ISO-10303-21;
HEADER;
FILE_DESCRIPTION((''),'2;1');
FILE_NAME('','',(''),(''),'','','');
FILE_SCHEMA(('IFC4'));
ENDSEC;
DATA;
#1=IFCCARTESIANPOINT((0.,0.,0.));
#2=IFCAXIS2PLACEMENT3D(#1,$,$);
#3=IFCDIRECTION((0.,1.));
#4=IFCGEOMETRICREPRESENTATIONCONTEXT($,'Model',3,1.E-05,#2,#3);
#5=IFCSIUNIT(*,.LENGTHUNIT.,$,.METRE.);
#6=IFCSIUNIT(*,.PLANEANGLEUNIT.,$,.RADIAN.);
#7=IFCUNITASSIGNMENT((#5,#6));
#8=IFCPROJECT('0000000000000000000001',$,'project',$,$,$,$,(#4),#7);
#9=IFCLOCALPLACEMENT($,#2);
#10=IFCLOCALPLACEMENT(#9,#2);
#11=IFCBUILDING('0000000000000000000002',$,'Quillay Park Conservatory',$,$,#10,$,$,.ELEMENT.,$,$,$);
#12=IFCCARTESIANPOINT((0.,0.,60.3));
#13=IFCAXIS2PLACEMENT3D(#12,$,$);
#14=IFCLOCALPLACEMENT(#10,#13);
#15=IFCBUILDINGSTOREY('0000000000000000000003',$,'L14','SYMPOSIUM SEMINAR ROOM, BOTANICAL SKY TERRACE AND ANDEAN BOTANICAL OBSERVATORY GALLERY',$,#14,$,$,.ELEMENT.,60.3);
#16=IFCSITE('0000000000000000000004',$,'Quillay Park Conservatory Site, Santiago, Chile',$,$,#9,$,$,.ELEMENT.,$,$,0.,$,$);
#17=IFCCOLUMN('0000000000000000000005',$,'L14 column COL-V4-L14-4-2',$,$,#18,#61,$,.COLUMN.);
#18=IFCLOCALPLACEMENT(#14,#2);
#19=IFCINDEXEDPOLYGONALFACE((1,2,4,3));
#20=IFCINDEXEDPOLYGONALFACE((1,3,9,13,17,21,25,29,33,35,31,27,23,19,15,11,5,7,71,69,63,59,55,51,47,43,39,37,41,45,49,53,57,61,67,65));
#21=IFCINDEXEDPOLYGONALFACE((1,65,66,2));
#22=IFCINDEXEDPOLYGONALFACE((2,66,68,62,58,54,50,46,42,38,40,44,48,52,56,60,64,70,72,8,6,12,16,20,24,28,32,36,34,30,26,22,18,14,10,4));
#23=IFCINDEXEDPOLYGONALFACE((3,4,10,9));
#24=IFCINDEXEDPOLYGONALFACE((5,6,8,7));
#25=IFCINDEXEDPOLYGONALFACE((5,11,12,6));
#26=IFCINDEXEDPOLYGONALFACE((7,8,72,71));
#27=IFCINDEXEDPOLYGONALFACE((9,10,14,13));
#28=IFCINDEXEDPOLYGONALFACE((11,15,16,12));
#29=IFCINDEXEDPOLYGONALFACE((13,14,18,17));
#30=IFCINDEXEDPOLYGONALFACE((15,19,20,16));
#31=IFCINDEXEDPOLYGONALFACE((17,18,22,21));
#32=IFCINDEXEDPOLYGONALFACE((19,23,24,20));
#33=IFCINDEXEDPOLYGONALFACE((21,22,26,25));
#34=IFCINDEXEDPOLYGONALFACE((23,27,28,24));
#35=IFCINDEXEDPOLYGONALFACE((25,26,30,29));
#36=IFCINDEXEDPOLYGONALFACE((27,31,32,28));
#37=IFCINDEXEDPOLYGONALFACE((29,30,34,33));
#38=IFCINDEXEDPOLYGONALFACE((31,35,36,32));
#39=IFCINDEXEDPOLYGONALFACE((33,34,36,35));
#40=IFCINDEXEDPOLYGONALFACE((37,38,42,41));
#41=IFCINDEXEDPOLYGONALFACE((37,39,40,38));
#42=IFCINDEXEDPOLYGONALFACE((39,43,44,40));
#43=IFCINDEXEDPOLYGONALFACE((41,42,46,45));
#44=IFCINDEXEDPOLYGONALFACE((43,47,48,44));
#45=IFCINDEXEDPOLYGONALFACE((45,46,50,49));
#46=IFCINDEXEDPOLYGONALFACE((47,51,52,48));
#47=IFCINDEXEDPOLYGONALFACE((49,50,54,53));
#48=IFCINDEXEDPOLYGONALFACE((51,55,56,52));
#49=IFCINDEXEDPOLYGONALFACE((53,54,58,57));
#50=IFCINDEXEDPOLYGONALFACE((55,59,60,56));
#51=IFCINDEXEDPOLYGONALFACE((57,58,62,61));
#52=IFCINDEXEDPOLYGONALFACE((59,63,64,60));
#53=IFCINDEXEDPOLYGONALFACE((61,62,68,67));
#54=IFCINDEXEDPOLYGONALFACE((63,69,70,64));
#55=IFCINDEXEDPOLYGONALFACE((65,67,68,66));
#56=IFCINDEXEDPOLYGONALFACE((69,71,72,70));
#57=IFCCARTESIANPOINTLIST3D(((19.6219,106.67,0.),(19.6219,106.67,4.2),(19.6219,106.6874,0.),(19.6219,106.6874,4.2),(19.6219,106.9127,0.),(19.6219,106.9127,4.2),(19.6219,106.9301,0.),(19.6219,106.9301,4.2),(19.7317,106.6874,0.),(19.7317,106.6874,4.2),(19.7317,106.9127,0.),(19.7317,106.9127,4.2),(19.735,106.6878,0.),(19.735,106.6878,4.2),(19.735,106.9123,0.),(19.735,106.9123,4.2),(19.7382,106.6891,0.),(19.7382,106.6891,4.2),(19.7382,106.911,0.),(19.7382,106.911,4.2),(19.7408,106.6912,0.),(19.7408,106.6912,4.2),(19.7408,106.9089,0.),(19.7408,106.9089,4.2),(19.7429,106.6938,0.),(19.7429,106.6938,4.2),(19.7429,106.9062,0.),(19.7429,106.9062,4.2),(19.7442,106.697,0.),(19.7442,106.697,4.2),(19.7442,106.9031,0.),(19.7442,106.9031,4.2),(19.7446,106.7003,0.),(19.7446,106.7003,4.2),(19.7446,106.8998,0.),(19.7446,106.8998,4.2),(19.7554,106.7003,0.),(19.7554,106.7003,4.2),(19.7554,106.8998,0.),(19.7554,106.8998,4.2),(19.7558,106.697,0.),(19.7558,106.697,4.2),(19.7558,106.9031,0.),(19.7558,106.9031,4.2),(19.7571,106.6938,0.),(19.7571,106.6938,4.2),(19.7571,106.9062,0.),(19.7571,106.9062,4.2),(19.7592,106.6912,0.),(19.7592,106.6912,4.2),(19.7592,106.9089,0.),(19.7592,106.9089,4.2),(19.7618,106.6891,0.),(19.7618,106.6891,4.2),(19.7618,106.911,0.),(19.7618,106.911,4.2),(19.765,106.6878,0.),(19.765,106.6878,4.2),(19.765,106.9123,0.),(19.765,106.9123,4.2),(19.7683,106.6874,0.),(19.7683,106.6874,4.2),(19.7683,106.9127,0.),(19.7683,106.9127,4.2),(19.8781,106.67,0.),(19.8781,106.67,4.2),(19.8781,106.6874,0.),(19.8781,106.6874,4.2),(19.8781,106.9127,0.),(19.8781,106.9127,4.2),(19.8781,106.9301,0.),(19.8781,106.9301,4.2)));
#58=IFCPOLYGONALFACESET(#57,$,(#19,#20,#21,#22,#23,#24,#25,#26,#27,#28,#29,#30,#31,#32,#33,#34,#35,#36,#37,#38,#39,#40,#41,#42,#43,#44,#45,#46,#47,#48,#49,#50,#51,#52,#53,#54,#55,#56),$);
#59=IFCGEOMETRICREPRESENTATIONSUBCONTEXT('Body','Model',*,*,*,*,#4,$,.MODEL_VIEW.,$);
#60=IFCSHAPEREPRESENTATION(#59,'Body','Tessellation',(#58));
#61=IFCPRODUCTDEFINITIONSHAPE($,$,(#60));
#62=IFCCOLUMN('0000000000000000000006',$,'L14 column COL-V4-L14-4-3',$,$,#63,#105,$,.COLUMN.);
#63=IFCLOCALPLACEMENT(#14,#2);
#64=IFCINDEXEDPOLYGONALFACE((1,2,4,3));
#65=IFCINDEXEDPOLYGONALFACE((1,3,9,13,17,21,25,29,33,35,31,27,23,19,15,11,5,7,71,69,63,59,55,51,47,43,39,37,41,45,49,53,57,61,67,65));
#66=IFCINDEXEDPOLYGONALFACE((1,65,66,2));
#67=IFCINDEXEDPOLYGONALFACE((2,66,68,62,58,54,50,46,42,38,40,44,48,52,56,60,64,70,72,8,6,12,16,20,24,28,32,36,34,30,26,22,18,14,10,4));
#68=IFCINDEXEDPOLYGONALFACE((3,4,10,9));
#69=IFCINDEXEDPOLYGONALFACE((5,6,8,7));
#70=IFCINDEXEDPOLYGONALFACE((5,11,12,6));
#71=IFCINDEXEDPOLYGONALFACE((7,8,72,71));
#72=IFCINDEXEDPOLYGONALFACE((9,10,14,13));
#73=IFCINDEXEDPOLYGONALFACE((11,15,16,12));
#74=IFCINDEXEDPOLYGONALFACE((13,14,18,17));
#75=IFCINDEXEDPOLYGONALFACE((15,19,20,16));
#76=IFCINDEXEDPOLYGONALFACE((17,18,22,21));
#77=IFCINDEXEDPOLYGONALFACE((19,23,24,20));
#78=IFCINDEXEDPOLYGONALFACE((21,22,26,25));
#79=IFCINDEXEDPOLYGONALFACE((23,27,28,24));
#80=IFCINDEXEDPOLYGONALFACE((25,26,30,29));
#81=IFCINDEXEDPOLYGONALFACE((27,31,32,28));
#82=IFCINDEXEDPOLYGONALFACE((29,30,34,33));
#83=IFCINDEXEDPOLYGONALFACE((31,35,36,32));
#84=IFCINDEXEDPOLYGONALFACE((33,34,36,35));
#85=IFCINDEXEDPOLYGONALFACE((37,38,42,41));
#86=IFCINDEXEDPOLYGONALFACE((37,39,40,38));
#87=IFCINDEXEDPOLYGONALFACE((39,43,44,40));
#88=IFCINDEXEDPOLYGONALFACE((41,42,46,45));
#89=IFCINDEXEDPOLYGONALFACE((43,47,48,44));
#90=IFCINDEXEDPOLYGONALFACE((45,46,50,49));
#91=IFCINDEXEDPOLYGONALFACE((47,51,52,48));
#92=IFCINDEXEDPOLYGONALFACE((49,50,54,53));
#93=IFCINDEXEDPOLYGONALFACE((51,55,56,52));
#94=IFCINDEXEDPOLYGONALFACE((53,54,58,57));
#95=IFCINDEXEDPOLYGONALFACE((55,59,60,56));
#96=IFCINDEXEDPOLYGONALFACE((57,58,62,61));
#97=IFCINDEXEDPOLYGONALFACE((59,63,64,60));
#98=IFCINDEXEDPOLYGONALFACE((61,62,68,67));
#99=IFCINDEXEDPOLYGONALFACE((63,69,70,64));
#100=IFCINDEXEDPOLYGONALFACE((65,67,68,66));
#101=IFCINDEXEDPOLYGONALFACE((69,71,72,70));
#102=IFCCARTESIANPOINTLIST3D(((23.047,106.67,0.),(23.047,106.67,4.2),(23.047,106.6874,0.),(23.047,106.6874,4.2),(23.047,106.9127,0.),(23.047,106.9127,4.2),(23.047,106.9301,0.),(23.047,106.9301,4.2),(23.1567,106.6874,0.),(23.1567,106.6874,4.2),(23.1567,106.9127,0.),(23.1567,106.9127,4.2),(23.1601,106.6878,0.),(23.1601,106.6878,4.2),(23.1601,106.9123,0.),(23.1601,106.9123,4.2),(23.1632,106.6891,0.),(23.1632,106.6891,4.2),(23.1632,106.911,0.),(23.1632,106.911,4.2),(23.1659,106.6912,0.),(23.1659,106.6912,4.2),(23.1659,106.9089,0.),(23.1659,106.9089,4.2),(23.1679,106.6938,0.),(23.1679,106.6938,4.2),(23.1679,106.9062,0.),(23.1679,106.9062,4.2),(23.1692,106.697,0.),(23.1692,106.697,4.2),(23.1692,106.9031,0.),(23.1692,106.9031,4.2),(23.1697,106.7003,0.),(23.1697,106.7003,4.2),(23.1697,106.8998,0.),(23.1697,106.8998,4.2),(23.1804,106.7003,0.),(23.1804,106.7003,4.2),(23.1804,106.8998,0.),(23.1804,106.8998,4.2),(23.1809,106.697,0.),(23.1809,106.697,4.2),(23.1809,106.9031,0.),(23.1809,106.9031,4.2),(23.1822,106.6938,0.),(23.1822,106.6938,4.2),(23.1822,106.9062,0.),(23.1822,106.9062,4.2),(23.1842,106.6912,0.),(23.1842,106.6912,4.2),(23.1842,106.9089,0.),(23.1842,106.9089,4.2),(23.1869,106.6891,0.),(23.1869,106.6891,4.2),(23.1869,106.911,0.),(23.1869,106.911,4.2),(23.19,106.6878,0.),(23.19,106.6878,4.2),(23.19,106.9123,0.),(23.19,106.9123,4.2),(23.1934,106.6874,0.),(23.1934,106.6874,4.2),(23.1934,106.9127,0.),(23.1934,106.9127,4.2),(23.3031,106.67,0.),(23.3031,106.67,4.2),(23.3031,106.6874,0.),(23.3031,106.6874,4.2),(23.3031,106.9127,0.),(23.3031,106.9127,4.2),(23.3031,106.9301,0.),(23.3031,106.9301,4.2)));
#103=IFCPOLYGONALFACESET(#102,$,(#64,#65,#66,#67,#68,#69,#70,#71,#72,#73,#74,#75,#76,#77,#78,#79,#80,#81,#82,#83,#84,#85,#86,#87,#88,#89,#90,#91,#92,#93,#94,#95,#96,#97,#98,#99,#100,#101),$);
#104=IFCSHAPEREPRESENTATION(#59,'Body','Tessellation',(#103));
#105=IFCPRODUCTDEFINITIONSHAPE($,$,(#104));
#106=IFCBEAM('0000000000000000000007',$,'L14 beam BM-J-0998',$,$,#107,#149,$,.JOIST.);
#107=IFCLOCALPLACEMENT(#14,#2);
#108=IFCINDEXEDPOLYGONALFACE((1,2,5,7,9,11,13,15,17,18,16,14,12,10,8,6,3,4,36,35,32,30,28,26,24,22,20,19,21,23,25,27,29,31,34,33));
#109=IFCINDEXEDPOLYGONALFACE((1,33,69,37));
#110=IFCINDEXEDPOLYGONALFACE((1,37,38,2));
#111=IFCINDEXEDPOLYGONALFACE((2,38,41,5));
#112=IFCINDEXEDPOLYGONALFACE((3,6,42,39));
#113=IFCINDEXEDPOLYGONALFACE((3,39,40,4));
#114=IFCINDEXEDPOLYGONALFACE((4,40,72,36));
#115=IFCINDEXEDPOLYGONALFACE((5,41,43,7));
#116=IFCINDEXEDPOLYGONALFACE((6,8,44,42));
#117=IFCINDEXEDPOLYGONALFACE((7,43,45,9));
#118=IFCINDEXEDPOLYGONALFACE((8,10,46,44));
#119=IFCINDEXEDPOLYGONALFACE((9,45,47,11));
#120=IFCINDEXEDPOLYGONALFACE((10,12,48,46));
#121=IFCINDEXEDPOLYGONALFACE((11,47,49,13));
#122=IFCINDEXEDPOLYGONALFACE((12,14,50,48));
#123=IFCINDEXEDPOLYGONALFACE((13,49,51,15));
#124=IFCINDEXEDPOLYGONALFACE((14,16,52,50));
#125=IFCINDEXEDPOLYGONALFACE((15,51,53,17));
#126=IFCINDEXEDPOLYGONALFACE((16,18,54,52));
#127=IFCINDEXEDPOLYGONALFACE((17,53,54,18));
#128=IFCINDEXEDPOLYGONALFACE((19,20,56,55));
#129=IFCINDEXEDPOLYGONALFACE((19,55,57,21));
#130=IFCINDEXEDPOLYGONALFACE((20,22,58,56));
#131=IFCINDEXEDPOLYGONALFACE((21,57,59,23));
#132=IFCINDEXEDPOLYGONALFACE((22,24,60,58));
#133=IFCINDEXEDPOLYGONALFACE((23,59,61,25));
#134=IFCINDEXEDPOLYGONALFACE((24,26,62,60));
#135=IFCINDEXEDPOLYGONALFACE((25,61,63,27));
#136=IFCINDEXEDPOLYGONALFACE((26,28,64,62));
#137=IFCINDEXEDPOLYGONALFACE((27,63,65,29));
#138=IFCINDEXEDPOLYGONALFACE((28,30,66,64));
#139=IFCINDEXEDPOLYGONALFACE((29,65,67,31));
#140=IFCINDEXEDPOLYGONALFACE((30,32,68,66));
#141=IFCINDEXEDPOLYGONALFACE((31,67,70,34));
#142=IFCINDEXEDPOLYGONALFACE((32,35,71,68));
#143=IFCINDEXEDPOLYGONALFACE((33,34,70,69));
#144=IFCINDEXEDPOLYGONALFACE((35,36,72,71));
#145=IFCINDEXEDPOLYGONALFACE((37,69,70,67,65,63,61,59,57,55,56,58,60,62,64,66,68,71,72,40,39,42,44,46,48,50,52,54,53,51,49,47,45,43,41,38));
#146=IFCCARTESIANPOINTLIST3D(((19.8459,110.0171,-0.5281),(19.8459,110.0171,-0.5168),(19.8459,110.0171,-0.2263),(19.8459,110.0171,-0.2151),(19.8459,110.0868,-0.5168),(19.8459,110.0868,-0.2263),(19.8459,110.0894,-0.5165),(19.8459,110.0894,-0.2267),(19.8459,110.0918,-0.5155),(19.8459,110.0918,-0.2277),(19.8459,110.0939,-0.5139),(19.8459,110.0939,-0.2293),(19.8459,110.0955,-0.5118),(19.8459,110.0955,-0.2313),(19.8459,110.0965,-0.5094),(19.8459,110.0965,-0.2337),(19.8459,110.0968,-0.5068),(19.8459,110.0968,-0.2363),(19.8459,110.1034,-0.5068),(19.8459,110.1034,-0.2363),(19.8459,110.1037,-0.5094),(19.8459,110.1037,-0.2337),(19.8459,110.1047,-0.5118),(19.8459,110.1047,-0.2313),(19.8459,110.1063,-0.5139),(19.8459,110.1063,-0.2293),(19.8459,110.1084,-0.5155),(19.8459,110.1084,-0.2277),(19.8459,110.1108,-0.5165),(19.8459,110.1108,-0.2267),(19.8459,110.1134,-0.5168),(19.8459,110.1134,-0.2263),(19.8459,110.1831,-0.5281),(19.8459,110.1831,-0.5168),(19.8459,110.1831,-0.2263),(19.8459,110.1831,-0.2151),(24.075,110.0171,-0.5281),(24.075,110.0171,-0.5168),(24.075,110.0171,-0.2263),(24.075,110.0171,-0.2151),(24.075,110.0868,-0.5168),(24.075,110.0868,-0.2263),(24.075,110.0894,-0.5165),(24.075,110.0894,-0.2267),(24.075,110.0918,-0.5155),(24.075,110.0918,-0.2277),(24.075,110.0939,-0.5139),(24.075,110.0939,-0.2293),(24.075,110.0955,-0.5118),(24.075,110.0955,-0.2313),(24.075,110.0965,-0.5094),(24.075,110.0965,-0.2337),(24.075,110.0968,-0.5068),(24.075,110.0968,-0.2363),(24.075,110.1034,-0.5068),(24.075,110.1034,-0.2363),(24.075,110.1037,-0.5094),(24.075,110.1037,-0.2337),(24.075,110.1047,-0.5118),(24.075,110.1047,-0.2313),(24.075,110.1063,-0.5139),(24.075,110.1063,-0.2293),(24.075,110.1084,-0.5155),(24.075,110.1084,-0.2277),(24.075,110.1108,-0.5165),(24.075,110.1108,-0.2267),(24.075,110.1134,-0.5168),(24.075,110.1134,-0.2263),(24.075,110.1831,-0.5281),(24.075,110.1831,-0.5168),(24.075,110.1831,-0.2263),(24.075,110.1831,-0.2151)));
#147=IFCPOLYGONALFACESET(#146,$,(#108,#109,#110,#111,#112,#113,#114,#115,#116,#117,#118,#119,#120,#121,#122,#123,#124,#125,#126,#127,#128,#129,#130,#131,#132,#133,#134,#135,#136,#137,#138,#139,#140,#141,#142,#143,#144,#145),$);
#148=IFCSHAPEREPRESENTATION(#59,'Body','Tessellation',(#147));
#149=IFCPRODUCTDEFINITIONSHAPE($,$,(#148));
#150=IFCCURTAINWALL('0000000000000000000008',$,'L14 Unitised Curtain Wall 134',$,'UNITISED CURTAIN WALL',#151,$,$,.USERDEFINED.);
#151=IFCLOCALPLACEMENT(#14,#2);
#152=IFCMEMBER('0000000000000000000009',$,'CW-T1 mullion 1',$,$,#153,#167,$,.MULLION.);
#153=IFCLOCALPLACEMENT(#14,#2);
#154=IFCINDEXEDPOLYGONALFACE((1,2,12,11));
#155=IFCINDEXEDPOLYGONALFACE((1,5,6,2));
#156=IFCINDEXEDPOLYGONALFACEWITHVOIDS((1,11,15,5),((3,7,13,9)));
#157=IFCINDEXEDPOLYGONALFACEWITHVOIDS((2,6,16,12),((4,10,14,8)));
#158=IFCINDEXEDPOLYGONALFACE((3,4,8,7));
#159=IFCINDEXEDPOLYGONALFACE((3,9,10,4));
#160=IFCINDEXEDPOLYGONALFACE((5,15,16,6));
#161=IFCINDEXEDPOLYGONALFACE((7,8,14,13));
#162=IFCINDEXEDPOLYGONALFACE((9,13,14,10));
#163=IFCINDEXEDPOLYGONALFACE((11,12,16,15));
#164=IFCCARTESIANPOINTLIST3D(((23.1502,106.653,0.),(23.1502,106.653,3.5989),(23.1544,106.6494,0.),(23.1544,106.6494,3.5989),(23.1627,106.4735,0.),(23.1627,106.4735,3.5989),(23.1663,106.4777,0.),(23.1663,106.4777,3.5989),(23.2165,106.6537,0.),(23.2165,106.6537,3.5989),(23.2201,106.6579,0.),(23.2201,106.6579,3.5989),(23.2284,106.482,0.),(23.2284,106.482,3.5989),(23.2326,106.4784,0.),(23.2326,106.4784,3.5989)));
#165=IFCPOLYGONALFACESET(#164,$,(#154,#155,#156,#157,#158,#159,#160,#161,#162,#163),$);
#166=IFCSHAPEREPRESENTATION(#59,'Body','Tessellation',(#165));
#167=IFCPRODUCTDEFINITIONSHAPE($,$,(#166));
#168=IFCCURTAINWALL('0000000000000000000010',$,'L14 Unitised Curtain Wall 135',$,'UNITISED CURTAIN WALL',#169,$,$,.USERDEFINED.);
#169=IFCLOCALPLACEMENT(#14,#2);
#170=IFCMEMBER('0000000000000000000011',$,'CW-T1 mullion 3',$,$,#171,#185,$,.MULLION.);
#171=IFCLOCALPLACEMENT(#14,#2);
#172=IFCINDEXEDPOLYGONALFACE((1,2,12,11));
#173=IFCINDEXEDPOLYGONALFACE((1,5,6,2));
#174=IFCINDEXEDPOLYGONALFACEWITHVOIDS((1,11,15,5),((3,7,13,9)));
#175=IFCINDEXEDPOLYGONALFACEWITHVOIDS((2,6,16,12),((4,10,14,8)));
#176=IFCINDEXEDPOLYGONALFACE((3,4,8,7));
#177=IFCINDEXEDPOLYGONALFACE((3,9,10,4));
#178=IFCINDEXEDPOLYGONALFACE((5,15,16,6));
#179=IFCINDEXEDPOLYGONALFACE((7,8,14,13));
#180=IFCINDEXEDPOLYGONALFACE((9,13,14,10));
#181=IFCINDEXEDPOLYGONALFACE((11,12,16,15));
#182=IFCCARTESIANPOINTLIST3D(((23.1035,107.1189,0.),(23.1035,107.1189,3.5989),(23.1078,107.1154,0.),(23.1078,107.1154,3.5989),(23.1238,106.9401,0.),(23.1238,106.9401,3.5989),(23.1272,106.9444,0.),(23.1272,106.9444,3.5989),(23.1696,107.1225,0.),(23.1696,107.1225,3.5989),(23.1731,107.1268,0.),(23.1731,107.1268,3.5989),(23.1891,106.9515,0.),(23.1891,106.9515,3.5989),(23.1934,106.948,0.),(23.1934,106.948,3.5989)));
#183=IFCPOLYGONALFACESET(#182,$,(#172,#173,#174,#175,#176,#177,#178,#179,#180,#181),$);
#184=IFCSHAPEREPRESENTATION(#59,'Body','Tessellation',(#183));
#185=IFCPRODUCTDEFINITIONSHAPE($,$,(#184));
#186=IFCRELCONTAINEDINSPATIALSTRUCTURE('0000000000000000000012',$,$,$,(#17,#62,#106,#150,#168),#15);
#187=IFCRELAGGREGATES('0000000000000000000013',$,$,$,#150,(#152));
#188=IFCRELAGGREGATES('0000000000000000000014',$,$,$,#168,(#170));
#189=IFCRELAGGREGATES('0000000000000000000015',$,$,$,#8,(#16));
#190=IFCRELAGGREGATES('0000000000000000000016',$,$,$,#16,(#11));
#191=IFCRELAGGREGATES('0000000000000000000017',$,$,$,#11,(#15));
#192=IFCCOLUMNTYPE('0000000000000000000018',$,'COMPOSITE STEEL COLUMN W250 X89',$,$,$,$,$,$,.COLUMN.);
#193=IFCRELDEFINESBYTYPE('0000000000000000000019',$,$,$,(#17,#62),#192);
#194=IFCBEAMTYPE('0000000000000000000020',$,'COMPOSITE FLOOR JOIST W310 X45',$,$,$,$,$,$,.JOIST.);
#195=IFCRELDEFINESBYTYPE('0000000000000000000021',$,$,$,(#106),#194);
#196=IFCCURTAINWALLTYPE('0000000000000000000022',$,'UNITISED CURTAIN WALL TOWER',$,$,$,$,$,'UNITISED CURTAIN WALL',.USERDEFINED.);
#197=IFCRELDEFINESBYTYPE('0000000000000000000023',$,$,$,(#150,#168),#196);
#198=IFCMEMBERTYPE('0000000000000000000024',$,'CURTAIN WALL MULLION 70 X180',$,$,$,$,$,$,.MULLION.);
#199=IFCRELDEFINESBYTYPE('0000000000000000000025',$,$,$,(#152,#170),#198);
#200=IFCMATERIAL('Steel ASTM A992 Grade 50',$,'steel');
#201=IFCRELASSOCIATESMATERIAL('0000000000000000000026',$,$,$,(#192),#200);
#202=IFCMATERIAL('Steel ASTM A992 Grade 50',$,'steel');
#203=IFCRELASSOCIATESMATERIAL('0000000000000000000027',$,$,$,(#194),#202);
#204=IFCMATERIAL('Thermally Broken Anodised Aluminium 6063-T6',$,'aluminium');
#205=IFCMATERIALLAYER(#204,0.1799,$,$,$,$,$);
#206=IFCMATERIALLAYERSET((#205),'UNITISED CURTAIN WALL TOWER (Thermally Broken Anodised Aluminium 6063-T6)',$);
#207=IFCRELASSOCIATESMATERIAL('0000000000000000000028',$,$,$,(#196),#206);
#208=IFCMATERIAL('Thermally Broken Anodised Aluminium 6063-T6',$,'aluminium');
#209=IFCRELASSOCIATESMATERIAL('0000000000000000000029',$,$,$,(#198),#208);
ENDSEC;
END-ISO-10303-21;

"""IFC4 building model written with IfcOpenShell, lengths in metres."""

from ifc_helpers import new_model, si_unit, direction, frame, origin, origin_2d, place, context, subcontext, project, spatial, hollow_rectangle, i_section, extrude, material, layer, layer_set, material_profile, profile_set, type_object, element, aggregate, save


model = new_model("IFC4")

# Units and contexts
model_context = context("Model", 3, precision=1e-05, world=origin(), true_north=direction((0.0, 1.0)))
body_context = subcontext(model_context, "Body", "Model", "MODEL_VIEW")
ifc_project = project(units=[si_unit("LENGTHUNIT", "METRE"), si_unit("PLANEANGLEUNIT", "RADIAN")], contexts=[model_context])

# Site, building, storey
site_placement = place(None, origin())
site = spatial("IfcSite", under=ifc_project, at=site_placement, Name="Quillay Park Conservatory Site, Santiago, Chile", CompositionType="ELEMENT", RefElevation=0.0)
building_placement = place(site_placement, origin())
building = spatial("IfcBuilding", under=site, at=building_placement, Name="Quillay Park Conservatory", CompositionType="ELEMENT")
storey_placement = place(building_placement, frame((0.0, 0.0, 60.3)))
storey = spatial("IfcBuildingStorey", under=building, at=storey_placement, Name="L14", Description="SYMPOSIUM SEMINAR ROOM, BOTANICAL SKY TERRACE AND ANDEAN BOTANICAL OBSERVATORY GALLERY", CompositionType="ELEMENT", Elevation=60.3)

# Columns
ifc_material_1 = material(Name="Steel ASTM A992 Grade 50", Category="steel")
ifc_material_profile_1 = material_profile(ifc_material_1, i_section(OverallWidth=0.2561, OverallDepth=0.26, WebThickness=0.0107, FlangeThickness=0.0173, FilletRadius=0.0129, at=origin_2d()), Name="W250x89")
ifc_profile_set_1 = profile_set([ifc_material_profile_1], Name="Steel ASTM A992 Grade 50")
column_type = type_object("IfcColumnType", Name="COMPOSITE STEEL COLUMN W250 X89", PredefinedType="COLUMN", material=ifc_profile_set_1)
for number, where, z_axis, x_axis, name in (
    (1, (19.75, 106.8, 0.0), (0.0, 0.0, 1.0), (1.0, 0.0, 0.0), "L14 column COL-V4-L14-4-2"),
    (2, (23.175, 106.8, 0.0), (0.0, 0.0, 1.0), (1.0, 0.0, 0.0), "L14 column COL-V4-L14-4-3"),
):
    element("IfcColumn", number, at=place(storey_placement, frame(where, z_axis=z_axis, x_axis=x_axis)), inside=storey, type_object=column_type, Name=name, PredefinedType="COLUMN", context=body_context, shape_type="SweptSolid", body=[
        extrude(i_section(OverallWidth=0.2561, OverallDepth=0.26, WebThickness=0.0107, FlangeThickness=0.0173, FilletRadius=0.0129, at=origin_2d()), origin(), (0.0, 0.0, 1.0), 4.2),
    ])

# Beam
ifc_material_2 = material(Name="Steel ASTM A992 Grade 50", Category="steel")
ifc_material_profile_2 = material_profile(ifc_material_2, i_section(OverallWidth=0.166, OverallDepth=0.313, WebThickness=0.0066, FlangeThickness=0.0112, FilletRadius=0.01, at=origin_2d()), Name="W310x45")
ifc_profile_set_2 = profile_set([ifc_material_profile_2], Name="Steel ASTM A992 Grade 50")
beam_type_1 = type_object("IfcBeamType", Name="COMPOSITE FLOOR JOIST W310 X45", PredefinedType="JOIST", material=ifc_profile_set_2)
beam_1_placement = place(storey_placement, frame((19.8459, 110.1001, -0.3716), z_axis=(1.0, 0.0, 0.0), x_axis=(0.0, 1.0, 0.0)))
element("IfcBeam", 3, at=beam_1_placement, inside=storey, type_object=beam_type_1, Name="L14 beam BM-J-0998", PredefinedType="JOIST", context=body_context, shape_type="SweptSolid", body=[
    extrude(i_section(OverallWidth=0.166, OverallDepth=0.313, WebThickness=0.0066, FlangeThickness=0.0112, FilletRadius=0.01, at=origin_2d()), origin(), (0.0, 0.0, 1.0), 4.229),
])

# Curtain walls, members
ifc_material_3 = material(Name="Thermally Broken Anodised Aluminium 6063-T6", Category="aluminium")
ifc_layer_1 = layer(ifc_material_3, 0.1799)
ifc_layer_set_1 = layer_set([ifc_layer_1], Name="UNITISED CURTAIN WALL TOWER (Thermally Broken Anodised Aluminium 6063-T6)")
curtain_wall_type = type_object("IfcCurtainWallType", Name="UNITISED CURTAIN WALL TOWER", ElementType="UNITISED CURTAIN WALL", PredefinedType="USERDEFINED", material=ifc_layer_set_1)
curtain_wall_1_placement = place(storey_placement, origin())
curtain_wall_1 = element("IfcCurtainWall", 4, at=curtain_wall_1_placement, inside=storey, type_object=curtain_wall_type, Name="L14 Unitised Curtain Wall 134", ObjectType="UNITISED CURTAIN WALL", PredefinedType="USERDEFINED")
ifc_material_4 = material(Name="Thermally Broken Anodised Aluminium 6063-T6", Category="aluminium")
ifc_material_profile_3 = material_profile(ifc_material_4, hollow_rectangle(XDim=0.0701, YDim=0.1799, WallThickness=0.0039, at=origin_2d()), Name="AL70x180x4")
ifc_profile_set_3 = profile_set([ifc_material_profile_3], Name="Thermally Broken Anodised Aluminium 6063-T6")
member_type_1 = type_object("IfcMemberType", Name="CURTAIN WALL MULLION 70 X180", PredefinedType="MULLION", material=ifc_profile_set_3)
member_1_placement = place(storey_placement, frame((23.1914, 106.5657, 0.0), z_axis=(0.0, 0.0, 1.0), x_axis=(0.997598, 0.069264, 0.0)))
member_1 = element("IfcMember", 5, at=member_1_placement, type_object=member_type_1, Name="CW-T1 mullion 1", PredefinedType="MULLION", context=body_context, shape_type="SweptSolid", body=[
    extrude(hollow_rectangle(XDim=0.0701, YDim=0.1799, WallThickness=0.0039, at=origin_2d()), origin(), (0.0, 0.0, 1.0), 3.5989),
])
curtain_wall_2_placement = place(storey_placement, origin())
curtain_wall_2 = element("IfcCurtainWall", 6, at=curtain_wall_2_placement, inside=storey, type_object=curtain_wall_type, Name="L14 Unitised Curtain Wall 135", ObjectType="UNITISED CURTAIN WALL", PredefinedType="USERDEFINED")
member_2_placement = place(storey_placement, frame((23.1484, 107.0334, 0.0), z_axis=(0.0, 0.0, 1.0), x_axis=(0.993606, 0.112903, 0.0)))
member_2 = element("IfcMember", 7, at=member_2_placement, type_object=member_type_1, Name="CW-T1 mullion 3", PredefinedType="MULLION", context=body_context, shape_type="SweptSolid", body=[
    extrude(hollow_rectangle(XDim=0.0701, YDim=0.1799, WallThickness=0.0039, at=origin_2d()), origin(), (0.0, 0.0, 1.0), 3.5989),
])

aggregate(curtain_wall_1, [member_1])
aggregate(curtain_wall_2, [member_2])

save(model, "model.ifc")
